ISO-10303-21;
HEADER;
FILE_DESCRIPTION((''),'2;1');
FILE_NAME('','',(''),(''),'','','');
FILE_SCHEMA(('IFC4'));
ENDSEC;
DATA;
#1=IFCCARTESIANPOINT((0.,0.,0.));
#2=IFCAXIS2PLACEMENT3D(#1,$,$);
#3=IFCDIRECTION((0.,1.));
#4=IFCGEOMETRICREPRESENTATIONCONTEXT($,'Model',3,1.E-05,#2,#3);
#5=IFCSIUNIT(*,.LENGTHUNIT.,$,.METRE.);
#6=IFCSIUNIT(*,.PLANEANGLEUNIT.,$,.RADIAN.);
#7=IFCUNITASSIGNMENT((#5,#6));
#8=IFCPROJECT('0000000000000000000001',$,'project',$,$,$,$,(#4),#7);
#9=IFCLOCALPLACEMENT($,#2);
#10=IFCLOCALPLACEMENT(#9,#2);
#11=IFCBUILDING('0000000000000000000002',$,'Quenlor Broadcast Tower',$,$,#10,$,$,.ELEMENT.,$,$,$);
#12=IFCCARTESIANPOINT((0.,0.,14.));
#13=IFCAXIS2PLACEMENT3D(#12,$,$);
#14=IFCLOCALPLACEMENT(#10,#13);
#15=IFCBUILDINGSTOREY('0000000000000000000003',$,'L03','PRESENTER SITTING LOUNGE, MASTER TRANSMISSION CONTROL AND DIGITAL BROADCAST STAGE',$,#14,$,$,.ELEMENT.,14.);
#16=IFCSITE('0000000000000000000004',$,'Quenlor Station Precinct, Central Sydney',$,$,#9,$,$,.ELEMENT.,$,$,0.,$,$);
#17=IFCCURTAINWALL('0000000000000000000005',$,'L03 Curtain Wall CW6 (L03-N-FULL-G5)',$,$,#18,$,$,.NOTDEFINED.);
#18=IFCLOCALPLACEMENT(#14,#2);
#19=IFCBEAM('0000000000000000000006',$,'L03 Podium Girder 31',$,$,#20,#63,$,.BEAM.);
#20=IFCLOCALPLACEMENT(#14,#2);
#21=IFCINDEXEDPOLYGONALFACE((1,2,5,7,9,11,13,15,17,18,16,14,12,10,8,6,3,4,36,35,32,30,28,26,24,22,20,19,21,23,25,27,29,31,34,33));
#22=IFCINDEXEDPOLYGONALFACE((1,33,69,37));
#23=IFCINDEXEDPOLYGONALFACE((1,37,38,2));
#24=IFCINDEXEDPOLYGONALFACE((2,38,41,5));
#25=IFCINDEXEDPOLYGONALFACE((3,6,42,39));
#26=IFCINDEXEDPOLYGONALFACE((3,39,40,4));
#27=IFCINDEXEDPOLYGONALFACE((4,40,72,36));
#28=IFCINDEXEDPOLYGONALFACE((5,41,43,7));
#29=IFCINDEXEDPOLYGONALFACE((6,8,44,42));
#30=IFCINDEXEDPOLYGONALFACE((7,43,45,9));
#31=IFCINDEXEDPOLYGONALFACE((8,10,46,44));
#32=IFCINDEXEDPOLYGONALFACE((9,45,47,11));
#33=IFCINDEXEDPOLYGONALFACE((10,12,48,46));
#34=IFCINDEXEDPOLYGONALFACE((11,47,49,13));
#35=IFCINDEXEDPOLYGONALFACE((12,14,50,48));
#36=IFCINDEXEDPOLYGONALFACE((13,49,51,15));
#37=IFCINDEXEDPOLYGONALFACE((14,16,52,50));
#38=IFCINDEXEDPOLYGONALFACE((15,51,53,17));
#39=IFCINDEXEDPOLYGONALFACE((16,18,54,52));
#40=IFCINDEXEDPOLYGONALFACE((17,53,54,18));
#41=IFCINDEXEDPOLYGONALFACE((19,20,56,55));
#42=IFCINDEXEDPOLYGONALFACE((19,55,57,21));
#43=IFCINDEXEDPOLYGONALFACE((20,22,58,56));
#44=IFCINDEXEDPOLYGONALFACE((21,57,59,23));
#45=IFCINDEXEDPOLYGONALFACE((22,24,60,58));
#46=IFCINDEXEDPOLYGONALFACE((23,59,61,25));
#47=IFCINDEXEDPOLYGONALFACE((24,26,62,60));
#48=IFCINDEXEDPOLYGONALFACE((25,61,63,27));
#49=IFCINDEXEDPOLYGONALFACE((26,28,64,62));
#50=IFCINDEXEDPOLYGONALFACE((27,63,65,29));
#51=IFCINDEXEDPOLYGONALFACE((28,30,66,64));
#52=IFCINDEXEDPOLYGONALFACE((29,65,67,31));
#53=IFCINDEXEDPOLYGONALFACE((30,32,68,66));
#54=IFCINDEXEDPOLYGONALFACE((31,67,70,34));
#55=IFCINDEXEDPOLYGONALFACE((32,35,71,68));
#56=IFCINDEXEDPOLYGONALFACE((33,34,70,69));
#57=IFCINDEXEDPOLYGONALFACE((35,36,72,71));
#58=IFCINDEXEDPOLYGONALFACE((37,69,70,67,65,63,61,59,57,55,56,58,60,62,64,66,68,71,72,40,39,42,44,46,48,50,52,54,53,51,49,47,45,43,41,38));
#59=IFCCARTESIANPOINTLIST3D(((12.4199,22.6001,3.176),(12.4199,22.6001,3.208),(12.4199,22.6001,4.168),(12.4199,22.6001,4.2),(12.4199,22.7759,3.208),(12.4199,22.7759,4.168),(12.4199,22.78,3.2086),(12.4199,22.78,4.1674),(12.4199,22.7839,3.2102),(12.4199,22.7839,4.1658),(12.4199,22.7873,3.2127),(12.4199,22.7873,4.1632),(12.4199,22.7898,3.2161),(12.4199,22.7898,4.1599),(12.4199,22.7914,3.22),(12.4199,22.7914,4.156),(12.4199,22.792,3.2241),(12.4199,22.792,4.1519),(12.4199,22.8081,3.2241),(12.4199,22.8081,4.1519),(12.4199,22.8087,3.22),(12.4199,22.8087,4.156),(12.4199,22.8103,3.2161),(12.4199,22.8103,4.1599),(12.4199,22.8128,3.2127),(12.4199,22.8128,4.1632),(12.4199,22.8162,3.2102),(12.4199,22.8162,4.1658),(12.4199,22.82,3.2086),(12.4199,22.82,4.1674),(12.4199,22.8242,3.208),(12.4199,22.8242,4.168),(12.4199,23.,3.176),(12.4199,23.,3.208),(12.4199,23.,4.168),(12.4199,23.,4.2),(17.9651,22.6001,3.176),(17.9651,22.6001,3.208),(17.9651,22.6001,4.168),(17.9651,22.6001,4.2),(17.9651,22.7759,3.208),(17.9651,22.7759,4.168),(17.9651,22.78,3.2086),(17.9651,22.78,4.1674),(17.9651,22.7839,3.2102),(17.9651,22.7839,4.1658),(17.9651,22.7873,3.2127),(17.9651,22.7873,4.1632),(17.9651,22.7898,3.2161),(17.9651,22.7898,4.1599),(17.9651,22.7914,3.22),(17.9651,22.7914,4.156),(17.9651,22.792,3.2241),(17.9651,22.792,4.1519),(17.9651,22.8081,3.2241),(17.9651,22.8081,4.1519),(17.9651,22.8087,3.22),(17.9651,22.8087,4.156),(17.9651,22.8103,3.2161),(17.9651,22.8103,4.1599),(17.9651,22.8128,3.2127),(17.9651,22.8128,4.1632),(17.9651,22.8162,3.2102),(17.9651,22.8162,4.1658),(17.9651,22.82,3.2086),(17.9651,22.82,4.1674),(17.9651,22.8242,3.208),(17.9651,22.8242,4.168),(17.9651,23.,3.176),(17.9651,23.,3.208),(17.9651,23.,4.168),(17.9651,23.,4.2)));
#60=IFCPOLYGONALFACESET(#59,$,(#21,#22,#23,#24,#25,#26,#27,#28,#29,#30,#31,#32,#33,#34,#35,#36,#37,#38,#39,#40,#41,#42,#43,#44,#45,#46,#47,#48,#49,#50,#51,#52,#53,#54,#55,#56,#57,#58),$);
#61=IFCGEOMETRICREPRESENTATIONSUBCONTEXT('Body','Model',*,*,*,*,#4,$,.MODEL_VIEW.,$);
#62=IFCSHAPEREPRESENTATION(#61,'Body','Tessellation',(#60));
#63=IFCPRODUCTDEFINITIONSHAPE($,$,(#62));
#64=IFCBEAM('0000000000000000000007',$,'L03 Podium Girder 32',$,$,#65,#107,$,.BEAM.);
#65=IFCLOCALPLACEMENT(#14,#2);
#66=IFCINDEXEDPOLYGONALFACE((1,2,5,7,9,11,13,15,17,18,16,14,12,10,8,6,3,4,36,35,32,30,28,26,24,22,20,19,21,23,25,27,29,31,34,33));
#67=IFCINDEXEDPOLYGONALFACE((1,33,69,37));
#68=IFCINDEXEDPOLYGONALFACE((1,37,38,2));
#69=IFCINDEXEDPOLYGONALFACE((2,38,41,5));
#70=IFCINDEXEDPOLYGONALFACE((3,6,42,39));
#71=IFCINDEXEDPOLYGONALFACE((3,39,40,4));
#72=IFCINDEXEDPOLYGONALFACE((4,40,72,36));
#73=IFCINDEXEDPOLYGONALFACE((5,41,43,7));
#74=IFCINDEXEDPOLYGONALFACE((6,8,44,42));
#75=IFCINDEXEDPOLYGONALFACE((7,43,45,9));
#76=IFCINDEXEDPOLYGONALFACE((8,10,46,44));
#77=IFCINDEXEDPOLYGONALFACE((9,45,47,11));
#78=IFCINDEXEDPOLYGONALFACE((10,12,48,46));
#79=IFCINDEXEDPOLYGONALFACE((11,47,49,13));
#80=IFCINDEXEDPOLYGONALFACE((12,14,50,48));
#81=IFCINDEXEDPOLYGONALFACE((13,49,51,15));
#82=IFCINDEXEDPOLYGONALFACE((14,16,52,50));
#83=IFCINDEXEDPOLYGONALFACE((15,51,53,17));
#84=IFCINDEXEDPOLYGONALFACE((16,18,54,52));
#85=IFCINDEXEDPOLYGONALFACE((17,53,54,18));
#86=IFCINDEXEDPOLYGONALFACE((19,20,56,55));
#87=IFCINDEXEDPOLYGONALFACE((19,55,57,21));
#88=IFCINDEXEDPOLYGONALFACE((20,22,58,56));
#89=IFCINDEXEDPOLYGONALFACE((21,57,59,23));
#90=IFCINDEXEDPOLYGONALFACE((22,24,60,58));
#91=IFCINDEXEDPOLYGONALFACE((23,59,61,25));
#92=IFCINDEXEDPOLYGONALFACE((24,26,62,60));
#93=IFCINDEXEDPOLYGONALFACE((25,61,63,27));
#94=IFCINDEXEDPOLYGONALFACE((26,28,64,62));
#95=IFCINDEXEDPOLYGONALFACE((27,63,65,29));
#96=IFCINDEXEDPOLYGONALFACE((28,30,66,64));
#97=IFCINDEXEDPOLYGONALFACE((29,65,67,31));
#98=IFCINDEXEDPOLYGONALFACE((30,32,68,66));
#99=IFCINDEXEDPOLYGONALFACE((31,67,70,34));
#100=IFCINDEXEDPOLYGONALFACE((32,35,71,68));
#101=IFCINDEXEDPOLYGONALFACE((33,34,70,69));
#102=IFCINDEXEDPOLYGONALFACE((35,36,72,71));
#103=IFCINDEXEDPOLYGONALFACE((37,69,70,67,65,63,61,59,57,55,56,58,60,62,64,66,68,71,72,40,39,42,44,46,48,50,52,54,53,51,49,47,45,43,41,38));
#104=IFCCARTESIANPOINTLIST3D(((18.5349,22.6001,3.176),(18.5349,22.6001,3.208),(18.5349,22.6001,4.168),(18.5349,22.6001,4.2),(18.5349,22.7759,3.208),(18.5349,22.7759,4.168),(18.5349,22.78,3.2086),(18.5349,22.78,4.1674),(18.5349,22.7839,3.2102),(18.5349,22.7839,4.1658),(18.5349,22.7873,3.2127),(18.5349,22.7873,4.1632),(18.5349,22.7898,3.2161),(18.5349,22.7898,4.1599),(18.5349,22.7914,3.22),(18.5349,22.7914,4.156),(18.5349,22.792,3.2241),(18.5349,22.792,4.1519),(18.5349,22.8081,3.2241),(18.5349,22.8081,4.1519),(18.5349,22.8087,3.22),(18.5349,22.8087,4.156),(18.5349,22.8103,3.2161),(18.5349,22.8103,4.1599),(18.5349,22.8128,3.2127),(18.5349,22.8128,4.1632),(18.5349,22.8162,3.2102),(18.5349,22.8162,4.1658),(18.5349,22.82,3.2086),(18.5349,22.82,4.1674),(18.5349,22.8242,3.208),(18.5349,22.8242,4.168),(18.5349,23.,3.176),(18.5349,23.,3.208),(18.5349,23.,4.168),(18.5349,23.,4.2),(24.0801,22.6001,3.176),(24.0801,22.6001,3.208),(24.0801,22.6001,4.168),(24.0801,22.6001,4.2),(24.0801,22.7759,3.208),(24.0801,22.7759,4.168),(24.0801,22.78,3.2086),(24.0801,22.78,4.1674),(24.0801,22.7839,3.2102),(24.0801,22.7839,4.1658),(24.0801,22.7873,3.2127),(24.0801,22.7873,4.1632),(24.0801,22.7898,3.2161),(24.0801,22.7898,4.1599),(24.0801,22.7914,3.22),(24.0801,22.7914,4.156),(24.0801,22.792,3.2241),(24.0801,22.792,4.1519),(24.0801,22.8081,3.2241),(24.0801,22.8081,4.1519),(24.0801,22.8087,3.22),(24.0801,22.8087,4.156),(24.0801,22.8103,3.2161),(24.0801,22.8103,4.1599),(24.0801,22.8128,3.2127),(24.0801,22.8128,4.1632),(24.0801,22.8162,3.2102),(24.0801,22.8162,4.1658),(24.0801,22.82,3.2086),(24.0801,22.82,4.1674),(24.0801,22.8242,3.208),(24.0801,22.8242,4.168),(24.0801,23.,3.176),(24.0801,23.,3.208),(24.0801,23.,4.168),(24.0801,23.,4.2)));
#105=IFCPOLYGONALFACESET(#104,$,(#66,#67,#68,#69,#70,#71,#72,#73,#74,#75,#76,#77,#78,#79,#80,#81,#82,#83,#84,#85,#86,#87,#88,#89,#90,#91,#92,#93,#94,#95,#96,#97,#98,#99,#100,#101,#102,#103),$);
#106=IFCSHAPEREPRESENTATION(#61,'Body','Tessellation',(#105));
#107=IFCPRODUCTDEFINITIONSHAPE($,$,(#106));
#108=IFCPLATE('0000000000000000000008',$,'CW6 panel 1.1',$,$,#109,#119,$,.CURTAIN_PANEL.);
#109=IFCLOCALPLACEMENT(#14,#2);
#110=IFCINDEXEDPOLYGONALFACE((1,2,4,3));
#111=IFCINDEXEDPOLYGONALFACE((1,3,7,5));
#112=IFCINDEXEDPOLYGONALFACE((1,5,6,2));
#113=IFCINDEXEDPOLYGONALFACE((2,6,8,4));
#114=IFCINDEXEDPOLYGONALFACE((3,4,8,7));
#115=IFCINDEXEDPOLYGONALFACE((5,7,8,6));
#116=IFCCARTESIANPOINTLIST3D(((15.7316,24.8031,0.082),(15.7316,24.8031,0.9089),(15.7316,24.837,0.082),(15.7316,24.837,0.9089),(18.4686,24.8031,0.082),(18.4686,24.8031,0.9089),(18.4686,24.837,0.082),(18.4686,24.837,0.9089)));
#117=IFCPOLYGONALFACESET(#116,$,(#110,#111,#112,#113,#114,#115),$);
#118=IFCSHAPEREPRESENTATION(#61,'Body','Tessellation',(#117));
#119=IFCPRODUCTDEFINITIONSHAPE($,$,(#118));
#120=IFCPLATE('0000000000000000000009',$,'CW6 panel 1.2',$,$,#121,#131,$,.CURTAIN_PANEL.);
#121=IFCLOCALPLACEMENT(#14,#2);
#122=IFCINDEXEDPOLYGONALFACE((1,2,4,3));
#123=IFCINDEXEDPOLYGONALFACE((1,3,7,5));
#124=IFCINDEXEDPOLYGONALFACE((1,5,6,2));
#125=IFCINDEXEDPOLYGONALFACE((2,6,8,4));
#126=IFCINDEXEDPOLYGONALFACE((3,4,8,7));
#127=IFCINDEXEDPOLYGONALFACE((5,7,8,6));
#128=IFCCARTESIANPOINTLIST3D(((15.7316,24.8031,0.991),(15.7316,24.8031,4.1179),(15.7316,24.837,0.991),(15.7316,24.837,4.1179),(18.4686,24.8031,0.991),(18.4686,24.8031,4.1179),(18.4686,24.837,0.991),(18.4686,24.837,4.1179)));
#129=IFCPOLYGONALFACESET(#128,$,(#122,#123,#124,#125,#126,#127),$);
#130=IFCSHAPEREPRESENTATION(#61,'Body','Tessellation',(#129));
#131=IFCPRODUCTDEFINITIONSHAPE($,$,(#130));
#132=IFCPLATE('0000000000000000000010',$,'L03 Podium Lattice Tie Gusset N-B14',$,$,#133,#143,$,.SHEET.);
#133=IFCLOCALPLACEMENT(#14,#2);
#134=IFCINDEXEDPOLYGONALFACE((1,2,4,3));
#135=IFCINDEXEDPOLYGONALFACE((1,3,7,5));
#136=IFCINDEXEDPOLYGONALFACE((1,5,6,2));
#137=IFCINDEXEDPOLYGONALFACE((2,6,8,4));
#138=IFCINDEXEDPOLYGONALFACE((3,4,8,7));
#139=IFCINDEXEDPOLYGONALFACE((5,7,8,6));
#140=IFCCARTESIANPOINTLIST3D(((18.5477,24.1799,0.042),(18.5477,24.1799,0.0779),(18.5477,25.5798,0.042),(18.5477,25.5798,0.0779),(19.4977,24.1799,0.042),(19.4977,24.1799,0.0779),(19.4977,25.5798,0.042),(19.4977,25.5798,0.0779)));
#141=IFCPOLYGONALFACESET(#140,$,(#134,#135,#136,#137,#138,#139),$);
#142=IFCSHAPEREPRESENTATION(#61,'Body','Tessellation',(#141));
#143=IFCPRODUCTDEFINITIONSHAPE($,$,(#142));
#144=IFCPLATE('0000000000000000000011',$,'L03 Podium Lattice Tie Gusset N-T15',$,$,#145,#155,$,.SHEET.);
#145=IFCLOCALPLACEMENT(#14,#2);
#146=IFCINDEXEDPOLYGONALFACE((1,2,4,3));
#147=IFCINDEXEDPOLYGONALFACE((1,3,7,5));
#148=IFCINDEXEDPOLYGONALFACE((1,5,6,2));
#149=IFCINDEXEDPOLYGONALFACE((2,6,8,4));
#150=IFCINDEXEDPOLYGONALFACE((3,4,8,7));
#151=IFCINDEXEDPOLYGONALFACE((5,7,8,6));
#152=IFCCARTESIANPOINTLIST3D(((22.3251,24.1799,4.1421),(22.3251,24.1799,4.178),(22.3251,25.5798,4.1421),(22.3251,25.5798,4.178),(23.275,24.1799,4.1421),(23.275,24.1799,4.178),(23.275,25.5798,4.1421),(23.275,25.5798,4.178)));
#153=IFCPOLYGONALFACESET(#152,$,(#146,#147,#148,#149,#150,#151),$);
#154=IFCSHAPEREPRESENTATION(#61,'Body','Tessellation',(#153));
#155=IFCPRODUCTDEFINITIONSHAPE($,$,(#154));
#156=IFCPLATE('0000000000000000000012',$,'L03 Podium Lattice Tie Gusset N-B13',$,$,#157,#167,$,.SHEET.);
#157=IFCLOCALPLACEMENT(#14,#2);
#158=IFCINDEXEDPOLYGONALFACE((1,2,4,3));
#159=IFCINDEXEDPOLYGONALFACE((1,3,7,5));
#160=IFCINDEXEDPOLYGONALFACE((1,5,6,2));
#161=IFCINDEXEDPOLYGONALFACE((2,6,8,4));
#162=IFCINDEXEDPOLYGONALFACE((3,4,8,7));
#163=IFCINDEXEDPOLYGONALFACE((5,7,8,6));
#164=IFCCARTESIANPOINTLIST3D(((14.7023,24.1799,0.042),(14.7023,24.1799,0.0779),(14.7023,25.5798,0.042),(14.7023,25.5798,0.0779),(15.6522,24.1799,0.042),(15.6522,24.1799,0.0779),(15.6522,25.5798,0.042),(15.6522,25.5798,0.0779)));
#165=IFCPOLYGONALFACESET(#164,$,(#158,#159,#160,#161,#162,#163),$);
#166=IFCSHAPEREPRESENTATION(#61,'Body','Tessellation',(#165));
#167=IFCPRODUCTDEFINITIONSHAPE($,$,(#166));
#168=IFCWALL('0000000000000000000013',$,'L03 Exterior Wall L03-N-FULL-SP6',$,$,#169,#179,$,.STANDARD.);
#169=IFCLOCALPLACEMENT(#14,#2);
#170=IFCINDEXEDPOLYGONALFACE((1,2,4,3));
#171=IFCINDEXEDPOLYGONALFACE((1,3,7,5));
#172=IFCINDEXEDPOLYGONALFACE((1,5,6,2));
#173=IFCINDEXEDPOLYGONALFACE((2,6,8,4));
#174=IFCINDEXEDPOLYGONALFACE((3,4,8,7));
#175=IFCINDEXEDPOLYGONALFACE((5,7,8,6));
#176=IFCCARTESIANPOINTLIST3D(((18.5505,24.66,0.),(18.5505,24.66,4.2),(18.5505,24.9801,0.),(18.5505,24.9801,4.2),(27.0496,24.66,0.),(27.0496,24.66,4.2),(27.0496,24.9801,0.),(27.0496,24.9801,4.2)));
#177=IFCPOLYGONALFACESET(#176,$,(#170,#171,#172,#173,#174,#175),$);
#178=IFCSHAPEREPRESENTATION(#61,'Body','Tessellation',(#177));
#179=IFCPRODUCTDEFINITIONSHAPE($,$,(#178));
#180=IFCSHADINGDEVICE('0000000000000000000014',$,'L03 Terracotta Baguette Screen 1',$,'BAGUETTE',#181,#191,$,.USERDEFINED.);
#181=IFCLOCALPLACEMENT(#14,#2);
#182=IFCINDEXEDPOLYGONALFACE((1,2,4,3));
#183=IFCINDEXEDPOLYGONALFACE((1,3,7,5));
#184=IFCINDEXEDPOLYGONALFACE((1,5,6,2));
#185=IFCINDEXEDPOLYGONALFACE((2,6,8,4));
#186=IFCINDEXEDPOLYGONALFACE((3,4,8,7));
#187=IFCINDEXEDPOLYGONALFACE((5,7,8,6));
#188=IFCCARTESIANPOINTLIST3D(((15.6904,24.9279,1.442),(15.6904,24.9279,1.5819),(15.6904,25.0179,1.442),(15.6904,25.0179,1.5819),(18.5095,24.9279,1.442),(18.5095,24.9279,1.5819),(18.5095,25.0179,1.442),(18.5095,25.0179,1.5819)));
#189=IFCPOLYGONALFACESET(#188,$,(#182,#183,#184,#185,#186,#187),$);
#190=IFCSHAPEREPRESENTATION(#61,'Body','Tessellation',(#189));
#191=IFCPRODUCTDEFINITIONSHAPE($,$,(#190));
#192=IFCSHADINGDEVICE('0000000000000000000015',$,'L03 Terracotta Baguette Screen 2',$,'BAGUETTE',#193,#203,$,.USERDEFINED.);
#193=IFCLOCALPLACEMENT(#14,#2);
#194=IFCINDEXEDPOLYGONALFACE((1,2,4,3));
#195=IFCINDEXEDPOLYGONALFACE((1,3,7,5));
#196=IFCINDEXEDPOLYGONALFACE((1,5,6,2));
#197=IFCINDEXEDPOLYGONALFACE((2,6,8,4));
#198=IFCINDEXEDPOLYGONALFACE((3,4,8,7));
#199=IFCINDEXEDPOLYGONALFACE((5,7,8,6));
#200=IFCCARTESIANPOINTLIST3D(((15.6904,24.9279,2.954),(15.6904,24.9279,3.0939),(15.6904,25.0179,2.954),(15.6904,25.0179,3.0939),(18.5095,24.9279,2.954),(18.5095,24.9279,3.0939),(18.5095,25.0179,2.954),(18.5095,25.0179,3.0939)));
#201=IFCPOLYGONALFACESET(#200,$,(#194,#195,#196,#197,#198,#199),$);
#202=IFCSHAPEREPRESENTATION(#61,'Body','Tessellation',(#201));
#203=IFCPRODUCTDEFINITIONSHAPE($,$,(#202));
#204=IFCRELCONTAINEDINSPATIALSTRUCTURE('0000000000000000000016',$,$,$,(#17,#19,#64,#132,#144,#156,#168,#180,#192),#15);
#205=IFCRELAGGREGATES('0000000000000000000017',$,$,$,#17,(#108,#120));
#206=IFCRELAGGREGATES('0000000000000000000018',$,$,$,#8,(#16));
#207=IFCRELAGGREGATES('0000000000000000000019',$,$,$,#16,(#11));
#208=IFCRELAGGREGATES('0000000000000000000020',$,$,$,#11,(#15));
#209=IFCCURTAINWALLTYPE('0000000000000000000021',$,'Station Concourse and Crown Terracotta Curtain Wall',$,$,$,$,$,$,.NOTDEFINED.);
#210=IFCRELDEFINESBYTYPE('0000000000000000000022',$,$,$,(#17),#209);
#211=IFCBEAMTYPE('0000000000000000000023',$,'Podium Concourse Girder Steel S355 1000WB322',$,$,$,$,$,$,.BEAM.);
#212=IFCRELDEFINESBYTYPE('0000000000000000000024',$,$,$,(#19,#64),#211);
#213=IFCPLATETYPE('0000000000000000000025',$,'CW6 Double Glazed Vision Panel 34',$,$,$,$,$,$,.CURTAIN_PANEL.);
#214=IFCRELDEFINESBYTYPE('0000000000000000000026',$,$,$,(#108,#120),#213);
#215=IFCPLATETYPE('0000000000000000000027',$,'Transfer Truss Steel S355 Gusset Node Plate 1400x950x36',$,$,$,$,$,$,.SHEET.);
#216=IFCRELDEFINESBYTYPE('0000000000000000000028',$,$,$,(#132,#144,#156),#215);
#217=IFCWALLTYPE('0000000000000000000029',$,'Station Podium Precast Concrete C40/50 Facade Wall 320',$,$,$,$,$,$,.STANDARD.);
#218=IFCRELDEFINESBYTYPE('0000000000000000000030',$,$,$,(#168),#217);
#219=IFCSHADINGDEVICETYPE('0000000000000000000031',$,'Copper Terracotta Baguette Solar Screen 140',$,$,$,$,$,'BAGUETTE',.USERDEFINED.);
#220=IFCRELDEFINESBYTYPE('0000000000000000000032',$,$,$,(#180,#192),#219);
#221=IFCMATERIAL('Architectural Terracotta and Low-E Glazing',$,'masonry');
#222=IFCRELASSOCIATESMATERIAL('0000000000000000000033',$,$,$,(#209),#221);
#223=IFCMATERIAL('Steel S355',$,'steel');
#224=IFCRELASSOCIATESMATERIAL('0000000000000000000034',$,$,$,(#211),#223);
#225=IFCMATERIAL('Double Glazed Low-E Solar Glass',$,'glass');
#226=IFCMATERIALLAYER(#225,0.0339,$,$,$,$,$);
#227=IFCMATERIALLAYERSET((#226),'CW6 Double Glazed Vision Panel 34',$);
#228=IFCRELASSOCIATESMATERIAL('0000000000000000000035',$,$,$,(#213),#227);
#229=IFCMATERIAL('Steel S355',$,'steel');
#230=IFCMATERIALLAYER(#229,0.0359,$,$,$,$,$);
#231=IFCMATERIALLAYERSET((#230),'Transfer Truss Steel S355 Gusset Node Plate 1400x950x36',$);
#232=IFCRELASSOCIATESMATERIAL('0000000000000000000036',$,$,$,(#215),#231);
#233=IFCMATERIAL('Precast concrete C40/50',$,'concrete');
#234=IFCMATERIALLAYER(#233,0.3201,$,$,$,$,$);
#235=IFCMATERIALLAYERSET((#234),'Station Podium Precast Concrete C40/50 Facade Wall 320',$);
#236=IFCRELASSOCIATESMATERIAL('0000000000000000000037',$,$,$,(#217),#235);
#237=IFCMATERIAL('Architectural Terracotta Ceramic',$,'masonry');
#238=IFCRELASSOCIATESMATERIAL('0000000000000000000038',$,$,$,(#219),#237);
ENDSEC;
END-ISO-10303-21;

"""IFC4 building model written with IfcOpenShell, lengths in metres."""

from ifc_helpers import new_model, si_unit, direction, frame, frame_2d, origin, origin_2d, place, context, subcontext, project, spatial, rectangle, i_section, extrude, material, layer, layer_set, material_profile, profile_set, type_object, element, aggregate, save


model = new_model("IFC4")

# Units and contexts
model_context = context("Model", 3, precision=1e-05, world=origin(), true_north=direction((0.0, 1.0)))
body_context = subcontext(model_context, "Body", "Model", "MODEL_VIEW")
ifc_project = project(units=[si_unit("LENGTHUNIT", "METRE"), si_unit("PLANEANGLEUNIT", "RADIAN")], contexts=[model_context])

# Site, building, storey
site_placement = place(None, origin())
site = spatial("IfcSite", under=ifc_project, at=site_placement, Name="Quenlor Station Precinct, Central Sydney", CompositionType="ELEMENT", RefElevation=0.0)
building_placement = place(site_placement, origin())
building = spatial("IfcBuilding", under=site, at=building_placement, Name="Quenlor Broadcast Tower", CompositionType="ELEMENT")
storey_placement = place(building_placement, frame((0.0, 0.0, 14.0)))
storey = spatial("IfcBuildingStorey", under=building, at=storey_placement, Name="L03", Description="PRESENTER SITTING LOUNGE, MASTER TRANSMISSION CONTROL AND DIGITAL BROADCAST STAGE", CompositionType="ELEMENT", Elevation=14.0)

# Curtain wall
ifc_material_1 = material(Name="Architectural Terracotta and Low-E Glazing", Category="masonry")
curtain_wall_type = type_object("IfcCurtainWallType", Name="Station Concourse and Crown Terracotta Curtain Wall", PredefinedType="NOTDEFINED", material=ifc_material_1)
curtain_wall_placement = place(storey_placement, origin())
curtain_wall = element("IfcCurtainWall", 1, at=curtain_wall_placement, inside=storey, type_object=curtain_wall_type, Name="L03 Curtain Wall CW6 (L03-N-FULL-G5)", PredefinedType="NOTDEFINED")

# Beams
ifc_material_2 = material(Name="Steel S355", Category="steel")
ifc_material_profile_1 = material_profile(ifc_material_2, i_section(OverallWidth=0.3999, OverallDepth=1.0239, WebThickness=0.0161, FlangeThickness=0.032, FilletRadius=0.0161, at=origin_2d()))
ifc_profile_set_1 = profile_set([ifc_material_profile_1], Name="Steel S355 1000WB322")
beam_type = type_object("IfcBeamType", Name="Podium Concourse Girder Steel S355 1000WB322", PredefinedType="BEAM", material=ifc_profile_set_1)
for number, where, z_axis, x_axis, name in (
    (2, (12.4199, 22.8, 3.688), (1.0, 0.0, 0.0), (0.0, 1.0, 0.0), "L03 Podium Girder 31"),
    (3, (18.5349, 22.8, 3.688), (1.0, 0.0, 0.0), (0.0, 1.0, 0.0), "L03 Podium Girder 32"),
):
    element("IfcBeam", number, at=place(storey_placement, frame(where, z_axis=z_axis, x_axis=x_axis)), inside=storey, type_object=beam_type, Name=name, PredefinedType="BEAM", context=body_context, shape_type="SweptSolid", body=[
        extrude(i_section(OverallWidth=0.3999, OverallDepth=1.0239, WebThickness=0.0161, FlangeThickness=0.032, FilletRadius=0.0161, at=origin_2d()), origin(), (0.0, 0.0, 1.0), 5.5452),
    ])

# Plates
ifc_material_3 = material(Name="Double Glazed Low-E Solar Glass", Category="glass")
ifc_layer_1 = layer(ifc_material_3, 0.0339)
ifc_layer_set_1 = layer_set([ifc_layer_1], Name="CW6 Double Glazed Vision Panel 34")
plate_type_1 = type_object("IfcPlateType", Name="CW6 Double Glazed Vision Panel 34", PredefinedType="CURTAIN_PANEL", material=ifc_layer_set_1)
plate_1_placement = place(storey_placement, frame((17.1001, 24.8201, 0.082), z_axis=(0.0, 0.0, 1.0), x_axis=(1.0, 0.0, 0.0)))
plate_1 = element("IfcPlate", 4, at=plate_1_placement, type_object=plate_type_1, Name="CW6 panel 1.1", PredefinedType="CURTAIN_PANEL", context=body_context, shape_type="SweptSolid", body=[
    extrude(rectangle(XDim=2.7371, YDim=0.0339, at=origin_2d()), origin(), (0.0, 0.0, 1.0), 0.8269),
])
plate_2_placement = place(storey_placement, frame((17.1001, 24.8201, 0.991), z_axis=(0.0, 0.0, 1.0), x_axis=(1.0, 0.0, 0.0)))
plate_2 = element("IfcPlate", 5, at=plate_2_placement, type_object=plate_type_1, Name="CW6 panel 1.2", PredefinedType="CURTAIN_PANEL", context=body_context, shape_type="SweptSolid", body=[
    extrude(rectangle(XDim=2.7371, YDim=0.0339, at=origin_2d()), origin(), (0.0, 0.0, 1.0), 3.127),
])
aggregate(curtain_wall, [plate_1, plate_2])

# Plates
ifc_material_4 = material(Name="Steel S355", Category="steel")
ifc_layer_2 = layer(ifc_material_4, 0.0359)
ifc_layer_set_2 = layer_set([ifc_layer_2], Name="Transfer Truss Steel S355 Gusset Node Plate 1400x950x36")
plate_type_2 = type_object("IfcPlateType", Name="Transfer Truss Steel S355 Gusset Node Plate 1400x950x36", PredefinedType="SHEET", material=ifc_layer_set_2)
for number, where, z_axis, x_axis, name in (
    (6, (19.0227, 24.8799, 0.042), (0.0, 0.0, 1.0), (0.0, 1.0, 0.0), "L03 Podium Lattice Tie Gusset N-B14"),
    (7, (22.8, 24.8799, 4.1421), (0.0, 0.0, 1.0), (0.0, 1.0, 0.0), "L03 Podium Lattice Tie Gusset N-T15"),
    (8, (15.1772, 24.8799, 0.042), (0.0, 0.0, 1.0), (0.0, 1.0, 0.0), "L03 Podium Lattice Tie Gusset N-B13"),
):
    element("IfcPlate", number, at=place(storey_placement, frame(where, z_axis=z_axis, x_axis=x_axis)), inside=storey, type_object=plate_type_2, Name=name, PredefinedType="SHEET", context=body_context, shape_type="SweptSolid", body=[
        extrude(rectangle(XDim=1.3999, YDim=0.95, at=origin_2d()), origin(), (0.0, 0.0, 1.0), 0.0359),
    ])

# Wall
ifc_material_5 = material(Name="Precast concrete C40/50", Category="concrete")
ifc_layer_3 = layer(ifc_material_5, 0.3201)
ifc_layer_set_3 = layer_set([ifc_layer_3], Name="Station Podium Precast Concrete C40/50 Facade Wall 320")
wall_type = type_object("IfcWallType", Name="Station Podium Precast Concrete C40/50 Facade Wall 320", PredefinedType="STANDARD", material=ifc_layer_set_3)
wall_placement = place(storey_placement, frame((18.5505, 24.8201, 0.0), z_axis=(0.0, 0.0, 1.0), x_axis=(1.0, 0.0, 0.0)))
element("IfcWall", 9, at=wall_placement, inside=storey, type_object=wall_type, Name="L03 Exterior Wall L03-N-FULL-SP6", PredefinedType="STANDARD", context=body_context, shape_type="SweptSolid", body=[
    extrude(rectangle(XDim=8.499, YDim=0.3201, at=frame_2d((4.2495, 0.0))), origin(), (0.0, 0.0, 1.0), 4.2),
])

# Shading devices
ifc_material_6 = material(Name="Architectural Terracotta Ceramic", Category="masonry")
ifc_material_profile_2 = material_profile(ifc_material_6, rectangle(XDim=0.0901, YDim=0.1399, at=origin_2d()))
ifc_profile_set_2 = profile_set([ifc_material_profile_2], Name="Architectural Terracotta Ceramic BAG90x140")
shading_device_type = type_object("IfcShadingDeviceType", Name="Copper Terracotta Baguette Solar Screen 140", ElementType="BAGUETTE", PredefinedType="USERDEFINED", material=ifc_profile_set_2)
for number, where, z_axis, x_axis, name in (
    (10, (15.6904, 24.9729, 1.512), (1.0, 0.0, 0.0), (0.0, 1.0, 0.0), "L03 Terracotta Baguette Screen 1"),
    (11, (15.6904, 24.9729, 3.0239), (1.0, 0.0, 0.0), (0.0, 1.0, 0.0), "L03 Terracotta Baguette Screen 2"),
):
    element("IfcShadingDevice", number, at=place(storey_placement, frame(where, z_axis=z_axis, x_axis=x_axis)), inside=storey, type_object=shading_device_type, Name=name, ObjectType="BAGUETTE", PredefinedType="USERDEFINED", context=body_context, shape_type="SweptSolid", body=[
        extrude(rectangle(XDim=0.0901, YDim=0.1399, at=origin_2d()), origin(), (0.0, 0.0, 1.0), 2.8191),
    ])

save(model, "model.ifc")
